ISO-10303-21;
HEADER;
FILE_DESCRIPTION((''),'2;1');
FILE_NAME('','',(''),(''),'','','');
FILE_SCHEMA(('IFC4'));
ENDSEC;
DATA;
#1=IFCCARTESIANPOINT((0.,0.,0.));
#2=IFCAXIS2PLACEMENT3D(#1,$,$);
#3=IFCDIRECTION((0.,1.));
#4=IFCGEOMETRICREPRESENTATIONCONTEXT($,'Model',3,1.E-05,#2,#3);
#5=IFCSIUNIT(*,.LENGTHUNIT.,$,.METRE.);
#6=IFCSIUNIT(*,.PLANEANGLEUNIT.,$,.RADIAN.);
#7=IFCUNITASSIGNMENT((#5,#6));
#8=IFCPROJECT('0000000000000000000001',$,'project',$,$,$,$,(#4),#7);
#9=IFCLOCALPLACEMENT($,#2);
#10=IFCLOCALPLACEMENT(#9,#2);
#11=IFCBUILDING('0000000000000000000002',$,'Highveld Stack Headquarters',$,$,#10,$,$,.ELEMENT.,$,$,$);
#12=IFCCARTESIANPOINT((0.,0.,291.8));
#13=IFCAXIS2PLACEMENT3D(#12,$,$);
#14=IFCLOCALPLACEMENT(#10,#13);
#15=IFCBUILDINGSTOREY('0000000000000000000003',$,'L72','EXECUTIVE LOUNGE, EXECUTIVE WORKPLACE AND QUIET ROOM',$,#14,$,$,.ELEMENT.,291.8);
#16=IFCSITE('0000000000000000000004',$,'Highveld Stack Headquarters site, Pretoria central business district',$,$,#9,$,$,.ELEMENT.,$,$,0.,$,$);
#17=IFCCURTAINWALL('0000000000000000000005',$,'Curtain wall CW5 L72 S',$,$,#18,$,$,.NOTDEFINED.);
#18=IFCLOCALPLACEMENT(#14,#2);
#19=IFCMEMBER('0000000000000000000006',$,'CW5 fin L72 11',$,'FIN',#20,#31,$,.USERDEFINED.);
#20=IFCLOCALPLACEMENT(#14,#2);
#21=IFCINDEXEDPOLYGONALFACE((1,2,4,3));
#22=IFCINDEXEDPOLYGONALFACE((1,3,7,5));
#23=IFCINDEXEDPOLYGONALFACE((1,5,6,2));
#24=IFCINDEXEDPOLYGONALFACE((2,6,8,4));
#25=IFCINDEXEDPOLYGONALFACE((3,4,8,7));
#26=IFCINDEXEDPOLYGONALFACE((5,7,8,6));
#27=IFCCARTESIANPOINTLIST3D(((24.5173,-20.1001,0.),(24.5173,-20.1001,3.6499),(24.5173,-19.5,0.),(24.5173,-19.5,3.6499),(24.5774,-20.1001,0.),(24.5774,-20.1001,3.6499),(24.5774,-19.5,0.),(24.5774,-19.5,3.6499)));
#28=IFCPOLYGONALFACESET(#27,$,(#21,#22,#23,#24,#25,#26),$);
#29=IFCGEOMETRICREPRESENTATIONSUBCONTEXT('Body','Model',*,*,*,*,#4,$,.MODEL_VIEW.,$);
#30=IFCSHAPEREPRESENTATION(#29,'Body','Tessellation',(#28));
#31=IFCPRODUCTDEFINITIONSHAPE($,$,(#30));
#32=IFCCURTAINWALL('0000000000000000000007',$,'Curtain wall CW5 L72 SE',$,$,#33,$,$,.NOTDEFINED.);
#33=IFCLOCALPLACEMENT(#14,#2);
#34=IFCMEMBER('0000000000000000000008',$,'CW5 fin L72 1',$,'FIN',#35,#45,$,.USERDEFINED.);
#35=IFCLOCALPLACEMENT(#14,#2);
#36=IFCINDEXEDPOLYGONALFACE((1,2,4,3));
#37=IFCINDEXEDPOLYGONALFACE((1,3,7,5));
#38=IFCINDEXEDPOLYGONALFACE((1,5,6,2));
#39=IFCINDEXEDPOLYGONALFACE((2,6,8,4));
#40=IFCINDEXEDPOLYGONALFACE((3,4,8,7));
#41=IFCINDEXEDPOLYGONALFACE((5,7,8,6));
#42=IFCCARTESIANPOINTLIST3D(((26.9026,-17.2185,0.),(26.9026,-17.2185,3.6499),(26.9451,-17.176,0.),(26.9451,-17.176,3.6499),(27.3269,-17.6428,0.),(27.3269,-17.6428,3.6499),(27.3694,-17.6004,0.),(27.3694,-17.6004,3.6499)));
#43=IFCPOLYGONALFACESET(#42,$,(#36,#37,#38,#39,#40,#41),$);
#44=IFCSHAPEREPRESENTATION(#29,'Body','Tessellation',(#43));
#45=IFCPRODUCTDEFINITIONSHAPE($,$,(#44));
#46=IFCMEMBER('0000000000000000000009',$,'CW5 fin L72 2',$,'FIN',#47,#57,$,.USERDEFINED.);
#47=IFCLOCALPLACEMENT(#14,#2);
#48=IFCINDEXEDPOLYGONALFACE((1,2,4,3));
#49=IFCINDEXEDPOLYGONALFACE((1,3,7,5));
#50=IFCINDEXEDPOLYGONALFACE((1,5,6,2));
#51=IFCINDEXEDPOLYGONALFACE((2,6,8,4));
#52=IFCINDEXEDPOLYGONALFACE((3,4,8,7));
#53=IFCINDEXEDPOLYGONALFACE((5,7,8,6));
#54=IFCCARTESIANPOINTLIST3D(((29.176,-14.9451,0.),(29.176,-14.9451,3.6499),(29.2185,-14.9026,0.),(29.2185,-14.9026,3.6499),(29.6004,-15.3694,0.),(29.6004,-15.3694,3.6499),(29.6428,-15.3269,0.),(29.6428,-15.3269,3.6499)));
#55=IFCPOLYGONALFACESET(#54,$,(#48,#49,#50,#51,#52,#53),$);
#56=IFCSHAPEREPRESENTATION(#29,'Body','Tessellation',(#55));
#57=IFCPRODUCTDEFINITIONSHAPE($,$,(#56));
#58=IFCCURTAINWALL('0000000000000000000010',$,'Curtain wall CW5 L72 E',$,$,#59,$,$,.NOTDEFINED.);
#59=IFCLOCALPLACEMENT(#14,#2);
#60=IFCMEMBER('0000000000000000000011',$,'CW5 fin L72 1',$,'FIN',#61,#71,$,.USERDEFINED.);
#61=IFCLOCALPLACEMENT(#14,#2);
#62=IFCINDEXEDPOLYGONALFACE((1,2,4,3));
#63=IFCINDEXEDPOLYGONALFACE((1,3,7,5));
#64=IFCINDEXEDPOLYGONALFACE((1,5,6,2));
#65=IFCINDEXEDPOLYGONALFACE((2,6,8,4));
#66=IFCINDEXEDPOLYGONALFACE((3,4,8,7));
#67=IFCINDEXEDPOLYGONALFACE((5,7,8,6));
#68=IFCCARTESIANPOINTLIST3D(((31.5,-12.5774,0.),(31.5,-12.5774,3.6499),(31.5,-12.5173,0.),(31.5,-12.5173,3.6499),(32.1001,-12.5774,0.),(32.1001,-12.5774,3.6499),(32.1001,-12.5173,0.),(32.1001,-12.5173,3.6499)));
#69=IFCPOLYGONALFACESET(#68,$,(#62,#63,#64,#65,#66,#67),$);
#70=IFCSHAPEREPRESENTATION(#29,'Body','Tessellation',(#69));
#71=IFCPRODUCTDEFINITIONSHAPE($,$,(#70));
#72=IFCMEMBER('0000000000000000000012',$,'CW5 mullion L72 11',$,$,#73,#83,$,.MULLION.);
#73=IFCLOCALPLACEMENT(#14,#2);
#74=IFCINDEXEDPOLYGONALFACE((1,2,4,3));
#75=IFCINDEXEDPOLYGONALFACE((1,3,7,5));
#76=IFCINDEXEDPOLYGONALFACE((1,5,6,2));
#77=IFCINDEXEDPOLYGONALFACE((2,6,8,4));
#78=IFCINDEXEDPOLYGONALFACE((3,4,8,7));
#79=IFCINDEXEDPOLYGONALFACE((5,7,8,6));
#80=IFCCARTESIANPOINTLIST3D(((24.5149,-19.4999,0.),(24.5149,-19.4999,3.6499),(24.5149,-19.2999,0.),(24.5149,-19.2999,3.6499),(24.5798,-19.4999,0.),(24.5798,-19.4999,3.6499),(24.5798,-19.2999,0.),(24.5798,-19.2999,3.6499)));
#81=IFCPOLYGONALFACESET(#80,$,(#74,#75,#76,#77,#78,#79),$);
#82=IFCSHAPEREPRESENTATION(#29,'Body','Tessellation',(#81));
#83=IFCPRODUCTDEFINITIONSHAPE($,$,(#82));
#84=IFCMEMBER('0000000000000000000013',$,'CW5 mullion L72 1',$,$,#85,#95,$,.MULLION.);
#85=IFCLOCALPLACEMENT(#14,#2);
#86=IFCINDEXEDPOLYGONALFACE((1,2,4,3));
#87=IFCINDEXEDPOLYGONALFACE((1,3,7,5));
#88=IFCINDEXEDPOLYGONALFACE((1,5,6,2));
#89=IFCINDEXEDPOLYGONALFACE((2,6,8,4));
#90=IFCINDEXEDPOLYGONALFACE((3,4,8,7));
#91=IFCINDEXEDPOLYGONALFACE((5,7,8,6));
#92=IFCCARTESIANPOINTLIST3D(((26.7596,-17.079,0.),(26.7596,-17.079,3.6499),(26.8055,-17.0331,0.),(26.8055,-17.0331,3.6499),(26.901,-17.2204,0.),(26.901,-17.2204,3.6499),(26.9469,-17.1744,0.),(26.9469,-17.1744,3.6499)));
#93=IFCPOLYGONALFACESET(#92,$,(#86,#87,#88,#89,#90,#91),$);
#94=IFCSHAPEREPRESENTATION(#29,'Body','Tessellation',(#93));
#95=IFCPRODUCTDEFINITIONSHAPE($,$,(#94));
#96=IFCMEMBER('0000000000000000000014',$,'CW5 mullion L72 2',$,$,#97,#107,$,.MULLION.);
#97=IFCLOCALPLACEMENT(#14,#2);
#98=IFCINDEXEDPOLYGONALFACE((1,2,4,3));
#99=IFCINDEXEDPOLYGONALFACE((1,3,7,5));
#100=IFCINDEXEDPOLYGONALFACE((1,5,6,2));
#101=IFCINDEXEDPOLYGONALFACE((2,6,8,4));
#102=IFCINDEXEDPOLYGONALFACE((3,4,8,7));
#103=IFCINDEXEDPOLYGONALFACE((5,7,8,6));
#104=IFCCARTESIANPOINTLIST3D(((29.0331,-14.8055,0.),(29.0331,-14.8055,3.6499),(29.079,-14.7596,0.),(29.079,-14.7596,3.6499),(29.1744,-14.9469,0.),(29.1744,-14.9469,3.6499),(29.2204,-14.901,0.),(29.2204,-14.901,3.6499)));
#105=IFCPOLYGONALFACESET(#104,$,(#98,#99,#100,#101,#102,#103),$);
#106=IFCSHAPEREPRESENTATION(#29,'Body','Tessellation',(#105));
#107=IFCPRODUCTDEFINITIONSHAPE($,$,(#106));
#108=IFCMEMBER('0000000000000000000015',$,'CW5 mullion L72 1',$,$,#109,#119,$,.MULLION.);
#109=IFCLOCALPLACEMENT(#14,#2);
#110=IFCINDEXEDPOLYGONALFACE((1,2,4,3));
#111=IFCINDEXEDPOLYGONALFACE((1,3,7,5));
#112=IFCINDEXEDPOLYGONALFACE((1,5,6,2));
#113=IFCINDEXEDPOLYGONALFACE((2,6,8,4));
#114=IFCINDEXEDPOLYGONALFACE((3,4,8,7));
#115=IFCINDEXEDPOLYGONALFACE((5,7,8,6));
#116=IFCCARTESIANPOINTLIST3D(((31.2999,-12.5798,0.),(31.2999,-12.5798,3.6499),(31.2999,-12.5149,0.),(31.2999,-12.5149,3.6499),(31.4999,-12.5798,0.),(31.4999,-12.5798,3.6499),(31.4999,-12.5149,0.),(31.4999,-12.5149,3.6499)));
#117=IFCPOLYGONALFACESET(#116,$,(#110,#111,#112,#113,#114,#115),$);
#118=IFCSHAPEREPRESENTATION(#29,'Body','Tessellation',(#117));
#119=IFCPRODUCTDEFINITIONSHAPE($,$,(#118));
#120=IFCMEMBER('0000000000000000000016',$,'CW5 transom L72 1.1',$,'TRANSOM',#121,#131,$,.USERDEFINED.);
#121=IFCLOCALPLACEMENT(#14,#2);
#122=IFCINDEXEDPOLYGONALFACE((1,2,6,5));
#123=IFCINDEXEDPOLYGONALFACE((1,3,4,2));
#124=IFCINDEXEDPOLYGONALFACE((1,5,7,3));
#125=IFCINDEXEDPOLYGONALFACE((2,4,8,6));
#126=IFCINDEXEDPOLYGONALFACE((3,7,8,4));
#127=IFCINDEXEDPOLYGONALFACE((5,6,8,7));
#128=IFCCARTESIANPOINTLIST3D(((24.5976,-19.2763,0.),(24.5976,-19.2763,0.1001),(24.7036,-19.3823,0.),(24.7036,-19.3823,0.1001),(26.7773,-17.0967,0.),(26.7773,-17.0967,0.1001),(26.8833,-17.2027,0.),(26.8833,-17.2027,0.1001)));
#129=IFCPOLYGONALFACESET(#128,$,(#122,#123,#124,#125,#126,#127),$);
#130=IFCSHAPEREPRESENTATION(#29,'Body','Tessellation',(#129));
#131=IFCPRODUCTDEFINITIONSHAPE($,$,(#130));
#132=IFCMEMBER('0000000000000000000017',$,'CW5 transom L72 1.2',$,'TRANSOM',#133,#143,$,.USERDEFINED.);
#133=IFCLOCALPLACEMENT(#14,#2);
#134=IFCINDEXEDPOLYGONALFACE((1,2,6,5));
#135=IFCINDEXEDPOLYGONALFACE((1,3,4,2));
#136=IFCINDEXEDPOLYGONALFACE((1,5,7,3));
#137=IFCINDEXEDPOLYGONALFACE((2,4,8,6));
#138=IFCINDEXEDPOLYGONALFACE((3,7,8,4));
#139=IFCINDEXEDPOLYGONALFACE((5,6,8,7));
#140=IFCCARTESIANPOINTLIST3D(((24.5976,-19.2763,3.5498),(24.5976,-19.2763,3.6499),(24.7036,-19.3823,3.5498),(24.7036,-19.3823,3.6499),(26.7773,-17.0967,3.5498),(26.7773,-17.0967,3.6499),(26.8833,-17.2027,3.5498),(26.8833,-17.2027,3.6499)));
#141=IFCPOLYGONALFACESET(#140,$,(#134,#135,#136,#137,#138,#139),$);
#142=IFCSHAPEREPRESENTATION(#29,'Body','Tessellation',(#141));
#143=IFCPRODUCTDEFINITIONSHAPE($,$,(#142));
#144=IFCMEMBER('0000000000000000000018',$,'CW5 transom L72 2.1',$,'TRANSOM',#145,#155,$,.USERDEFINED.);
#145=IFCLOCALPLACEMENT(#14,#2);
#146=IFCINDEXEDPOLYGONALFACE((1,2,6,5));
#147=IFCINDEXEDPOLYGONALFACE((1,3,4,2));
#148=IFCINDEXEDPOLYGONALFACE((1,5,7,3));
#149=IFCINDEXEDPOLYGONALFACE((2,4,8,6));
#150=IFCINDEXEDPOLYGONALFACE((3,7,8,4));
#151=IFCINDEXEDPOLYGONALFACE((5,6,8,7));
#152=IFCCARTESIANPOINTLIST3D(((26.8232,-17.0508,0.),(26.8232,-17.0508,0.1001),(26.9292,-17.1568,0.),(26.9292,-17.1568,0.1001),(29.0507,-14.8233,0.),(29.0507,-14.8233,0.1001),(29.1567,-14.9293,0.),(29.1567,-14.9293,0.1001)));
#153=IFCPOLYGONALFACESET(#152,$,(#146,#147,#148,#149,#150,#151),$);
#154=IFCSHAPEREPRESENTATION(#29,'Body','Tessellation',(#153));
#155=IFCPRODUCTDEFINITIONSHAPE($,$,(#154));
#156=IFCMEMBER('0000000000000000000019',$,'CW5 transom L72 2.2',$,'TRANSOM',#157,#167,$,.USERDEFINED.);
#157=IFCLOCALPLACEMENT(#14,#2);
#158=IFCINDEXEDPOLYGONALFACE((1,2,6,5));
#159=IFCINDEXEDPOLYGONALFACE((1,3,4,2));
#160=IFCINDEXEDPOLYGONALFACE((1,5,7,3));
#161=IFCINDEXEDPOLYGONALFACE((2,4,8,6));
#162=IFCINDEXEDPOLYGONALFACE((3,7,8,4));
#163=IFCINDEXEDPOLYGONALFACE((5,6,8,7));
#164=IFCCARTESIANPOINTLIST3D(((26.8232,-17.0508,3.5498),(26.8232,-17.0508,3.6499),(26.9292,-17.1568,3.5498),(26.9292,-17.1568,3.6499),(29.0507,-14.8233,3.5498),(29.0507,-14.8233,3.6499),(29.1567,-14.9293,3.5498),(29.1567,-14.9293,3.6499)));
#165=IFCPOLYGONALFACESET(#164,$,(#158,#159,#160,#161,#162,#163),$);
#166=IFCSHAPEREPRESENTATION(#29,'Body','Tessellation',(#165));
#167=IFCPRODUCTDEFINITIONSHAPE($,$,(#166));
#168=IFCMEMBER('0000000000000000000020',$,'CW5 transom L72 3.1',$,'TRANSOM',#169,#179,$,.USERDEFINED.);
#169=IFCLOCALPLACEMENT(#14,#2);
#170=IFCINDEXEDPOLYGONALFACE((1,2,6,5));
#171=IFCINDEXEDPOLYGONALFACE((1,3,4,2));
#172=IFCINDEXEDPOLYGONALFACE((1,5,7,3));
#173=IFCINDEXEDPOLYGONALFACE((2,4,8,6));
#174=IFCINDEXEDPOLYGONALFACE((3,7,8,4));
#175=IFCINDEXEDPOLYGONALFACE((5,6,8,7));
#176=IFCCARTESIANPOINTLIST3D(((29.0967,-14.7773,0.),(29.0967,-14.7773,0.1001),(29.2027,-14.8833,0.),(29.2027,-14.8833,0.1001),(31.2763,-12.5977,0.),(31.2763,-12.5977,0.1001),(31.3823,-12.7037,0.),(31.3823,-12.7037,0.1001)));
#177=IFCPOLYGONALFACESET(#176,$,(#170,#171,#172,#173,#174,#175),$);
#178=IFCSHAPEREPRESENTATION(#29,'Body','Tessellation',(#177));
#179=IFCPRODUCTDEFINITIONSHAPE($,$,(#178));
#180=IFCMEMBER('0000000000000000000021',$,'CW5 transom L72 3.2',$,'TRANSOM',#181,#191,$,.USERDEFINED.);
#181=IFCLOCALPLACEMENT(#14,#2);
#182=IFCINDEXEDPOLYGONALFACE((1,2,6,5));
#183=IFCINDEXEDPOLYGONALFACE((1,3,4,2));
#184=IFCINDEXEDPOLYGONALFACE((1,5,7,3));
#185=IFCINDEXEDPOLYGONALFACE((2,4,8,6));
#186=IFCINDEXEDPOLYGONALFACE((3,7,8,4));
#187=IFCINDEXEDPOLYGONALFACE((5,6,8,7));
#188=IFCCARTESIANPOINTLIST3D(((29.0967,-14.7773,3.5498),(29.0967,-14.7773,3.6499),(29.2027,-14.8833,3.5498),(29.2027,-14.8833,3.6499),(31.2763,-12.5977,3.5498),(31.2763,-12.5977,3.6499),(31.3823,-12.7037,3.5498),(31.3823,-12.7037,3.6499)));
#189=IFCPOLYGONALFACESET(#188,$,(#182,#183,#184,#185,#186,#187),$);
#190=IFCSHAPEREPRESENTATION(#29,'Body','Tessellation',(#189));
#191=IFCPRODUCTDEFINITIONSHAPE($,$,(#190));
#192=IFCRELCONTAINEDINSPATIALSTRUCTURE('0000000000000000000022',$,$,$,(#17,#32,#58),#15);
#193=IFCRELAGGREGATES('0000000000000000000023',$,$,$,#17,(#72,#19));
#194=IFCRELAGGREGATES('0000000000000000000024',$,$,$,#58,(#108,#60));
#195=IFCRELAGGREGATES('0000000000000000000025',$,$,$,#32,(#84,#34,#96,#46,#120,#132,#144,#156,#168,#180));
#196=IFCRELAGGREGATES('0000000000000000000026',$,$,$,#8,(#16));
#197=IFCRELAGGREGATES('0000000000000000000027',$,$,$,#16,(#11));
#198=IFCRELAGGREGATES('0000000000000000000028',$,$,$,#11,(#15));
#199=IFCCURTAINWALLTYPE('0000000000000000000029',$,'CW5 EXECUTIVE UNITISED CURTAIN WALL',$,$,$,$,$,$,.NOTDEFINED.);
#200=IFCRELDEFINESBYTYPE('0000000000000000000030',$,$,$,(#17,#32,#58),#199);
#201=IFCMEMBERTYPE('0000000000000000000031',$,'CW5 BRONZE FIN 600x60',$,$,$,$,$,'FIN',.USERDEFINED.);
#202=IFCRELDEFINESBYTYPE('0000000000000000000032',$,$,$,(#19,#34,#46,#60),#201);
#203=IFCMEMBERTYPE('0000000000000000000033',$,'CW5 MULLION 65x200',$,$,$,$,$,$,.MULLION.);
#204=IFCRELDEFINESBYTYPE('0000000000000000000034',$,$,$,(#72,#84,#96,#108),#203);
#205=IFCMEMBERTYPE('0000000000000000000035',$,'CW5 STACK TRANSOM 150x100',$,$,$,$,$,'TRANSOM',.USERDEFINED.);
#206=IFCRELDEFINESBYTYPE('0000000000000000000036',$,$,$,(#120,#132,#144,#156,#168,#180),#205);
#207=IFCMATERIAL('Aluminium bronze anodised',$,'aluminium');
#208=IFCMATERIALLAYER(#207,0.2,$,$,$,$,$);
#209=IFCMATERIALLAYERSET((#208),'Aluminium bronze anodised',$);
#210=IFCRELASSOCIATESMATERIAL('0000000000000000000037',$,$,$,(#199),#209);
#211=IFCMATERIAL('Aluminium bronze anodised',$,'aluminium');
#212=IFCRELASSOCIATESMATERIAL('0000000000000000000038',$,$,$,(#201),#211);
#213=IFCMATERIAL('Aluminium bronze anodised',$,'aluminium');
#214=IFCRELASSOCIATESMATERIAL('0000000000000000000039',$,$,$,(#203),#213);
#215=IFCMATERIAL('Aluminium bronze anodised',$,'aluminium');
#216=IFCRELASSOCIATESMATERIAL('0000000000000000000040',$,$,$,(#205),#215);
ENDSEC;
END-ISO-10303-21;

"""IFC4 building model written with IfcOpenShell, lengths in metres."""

from ifc_helpers import new_model, si_unit, direction, frame, origin, origin_2d, place, context, subcontext, project, spatial, rectangle, extrude, material, layer, layer_set, material_profile, profile_set, type_object, element, aggregate, save


model = new_model("IFC4")

# Units and contexts
model_context = context("Model", 3, precision=1e-05, world=origin(), true_north=direction((0.0, 1.0)))
body_context = subcontext(model_context, "Body", "Model", "MODEL_VIEW")
ifc_project = project(units=[si_unit("LENGTHUNIT", "METRE"), si_unit("PLANEANGLEUNIT", "RADIAN")], contexts=[model_context])

# Site, building, storey
site_placement = place(None, origin())
site = spatial("IfcSite", under=ifc_project, at=site_placement, Name="Highveld Stack Headquarters site, Pretoria central business district", CompositionType="ELEMENT", RefElevation=0.0)
building_placement = place(site_placement, origin())
building = spatial("IfcBuilding", under=site, at=building_placement, Name="Highveld Stack Headquarters", CompositionType="ELEMENT")
storey_placement = place(building_placement, frame((0.0, 0.0, 291.8)))
storey = spatial("IfcBuildingStorey", under=building, at=storey_placement, Name="L72", Description="EXECUTIVE LOUNGE, EXECUTIVE WORKPLACE AND QUIET ROOM", CompositionType="ELEMENT", Elevation=291.8)

# Curtain wall, member
ifc_material_1 = material(Name="Aluminium bronze anodised", Category="aluminium")
ifc_layer_1 = layer(ifc_material_1, 0.2)
ifc_layer_set_1 = layer_set([ifc_layer_1], Name="Aluminium bronze anodised")
curtain_wall_type = type_object("IfcCurtainWallType", Name="CW5 EXECUTIVE UNITISED CURTAIN WALL", PredefinedType="NOTDEFINED", material=ifc_layer_set_1)
curtain_wall_1_placement = place(storey_placement, origin())
curtain_wall_1 = element("IfcCurtainWall", 1, at=curtain_wall_1_placement, inside=storey, type_object=curtain_wall_type, Name="Curtain wall CW5 L72 S", PredefinedType="NOTDEFINED")
ifc_material_2 = material(Name="Aluminium bronze anodised", Category="aluminium")
ifc_material_profile_1 = material_profile(ifc_material_2, rectangle(XDim=0.6001, YDim=0.0601, at=origin_2d()), Name="FIN 600x60")
ifc_profile_set_1 = profile_set([ifc_material_profile_1], Name="Aluminium bronze anodised")
member_type_1 = type_object("IfcMemberType", Name="CW5 BRONZE FIN 600x60", ElementType="FIN", PredefinedType="USERDEFINED", material=ifc_profile_set_1)
member_1_placement = place(storey_placement, frame((24.5474, -19.8, 0.0), z_axis=(0.0, 0.0, 1.0), x_axis=(0.0, 1.0, 0.0)))
member_1 = element("IfcMember", 2, at=member_1_placement, type_object=member_type_1, Name="CW5 fin L72 11", ObjectType="FIN", PredefinedType="USERDEFINED", context=body_context, shape_type="SweptSolid", body=[
    extrude(rectangle(XDim=0.6001, YDim=0.0601, at=origin_2d()), origin(), (0.0, 0.0, 1.0), 3.6499),
])

# Curtain wall, members
curtain_wall_2_placement = place(storey_placement, origin())
curtain_wall_2 = element("IfcCurtainWall", 3, at=curtain_wall_2_placement, inside=storey, type_object=curtain_wall_type, Name="Curtain wall CW5 L72 SE", PredefinedType="NOTDEFINED")
member_2_placement = place(storey_placement, frame((27.136, -17.4094, 0.0), z_axis=(0.0, 0.0, 1.0), x_axis=(-0.707107, 0.707107, 0.0)))
member_2 = element("IfcMember", 4, at=member_2_placement, type_object=member_type_1, Name="CW5 fin L72 1", ObjectType="FIN", PredefinedType="USERDEFINED", context=body_context, shape_type="SweptSolid", body=[
    extrude(rectangle(XDim=0.6001, YDim=0.0601, at=origin_2d()), origin(), (0.0, 0.0, 1.0), 3.6499),
])
member_3_placement = place(storey_placement, frame((29.4094, -15.136, 0.0), z_axis=(0.0, 0.0, 1.0), x_axis=(-0.707107, 0.707107, 0.0)))
member_3 = element("IfcMember", 5, at=member_3_placement, type_object=member_type_1, Name="CW5 fin L72 2", ObjectType="FIN", PredefinedType="USERDEFINED", context=body_context, shape_type="SweptSolid", body=[
    extrude(rectangle(XDim=0.6001, YDim=0.0601, at=origin_2d()), origin(), (0.0, 0.0, 1.0), 3.6499),
])

# Curtain wall, member
curtain_wall_3_placement = place(storey_placement, origin())
curtain_wall_3 = element("IfcCurtainWall", 6, at=curtain_wall_3_placement, inside=storey, type_object=curtain_wall_type, Name="Curtain wall CW5 L72 E", PredefinedType="NOTDEFINED")
member_4_placement = place(storey_placement, frame((31.8, -12.5474, 0.0), z_axis=(0.0, 0.0, 1.0), x_axis=(-1.0, 0.0, 0.0)))
member_4 = element("IfcMember", 7, at=member_4_placement, type_object=member_type_1, Name="CW5 fin L72 1", ObjectType="FIN", PredefinedType="USERDEFINED", context=body_context, shape_type="SweptSolid", body=[
    extrude(rectangle(XDim=0.6001, YDim=0.0601, at=origin_2d()), origin(), (0.0, 0.0, 1.0), 3.6499),
])

# Members
ifc_material_3 = material(Name="Aluminium bronze anodised", Category="aluminium")
ifc_material_profile_2 = material_profile(ifc_material_3, rectangle(XDim=0.2, YDim=0.0649, at=origin_2d()), Name="CW5 MULLION 65x200")
ifc_profile_set_2 = profile_set([ifc_material_profile_2], Name="Aluminium bronze anodised")
member_type_2 = type_object("IfcMemberType", Name="CW5 MULLION 65x200", PredefinedType="MULLION", material=ifc_profile_set_2)
member_5_placement = place(storey_placement, frame((24.5474, -19.3999, 0.0), z_axis=(0.0, 0.0, 1.0), x_axis=(0.0, 1.0, 0.0)))
member_5 = element("IfcMember", 8, at=member_5_placement, type_object=member_type_2, Name="CW5 mullion L72 11", PredefinedType="MULLION", context=body_context, shape_type="SweptSolid", body=[
    extrude(rectangle(XDim=0.2, YDim=0.0649, at=origin_2d()), origin(), (0.0, 0.0, 1.0), 3.6499),
])
aggregate(curtain_wall_1, [member_5, member_1])
member_6_placement = place(storey_placement, frame((26.8533, -17.1267, 0.0), z_axis=(0.0, 0.0, 1.0), x_axis=(-0.707107, 0.707107, 0.0)))
member_6 = element("IfcMember", 9, at=member_6_placement, type_object=member_type_2, Name="CW5 mullion L72 1", PredefinedType="MULLION", context=body_context, shape_type="SweptSolid", body=[
    extrude(rectangle(XDim=0.2, YDim=0.0649, at=origin_2d()), origin(), (0.0, 0.0, 1.0), 3.6499),
])
member_7_placement = place(storey_placement, frame((29.1267, -14.8533, 0.0), z_axis=(0.0, 0.0, 1.0), x_axis=(-0.707107, 0.707107, 0.0)))
member_7 = element("IfcMember", 10, at=member_7_placement, type_object=member_type_2, Name="CW5 mullion L72 2", PredefinedType="MULLION", context=body_context, shape_type="SweptSolid", body=[
    extrude(rectangle(XDim=0.2, YDim=0.0649, at=origin_2d()), origin(), (0.0, 0.0, 1.0), 3.6499),
])
member_8_placement = place(storey_placement, frame((31.3999, -12.5474, 0.0), z_axis=(0.0, 0.0, 1.0), x_axis=(-1.0, 0.0, 0.0)))
member_8 = element("IfcMember", 11, at=member_8_placement, type_object=member_type_2, Name="CW5 mullion L72 1", PredefinedType="MULLION", context=body_context, shape_type="SweptSolid", body=[
    extrude(rectangle(XDim=0.2, YDim=0.0649, at=origin_2d()), origin(), (0.0, 0.0, 1.0), 3.6499),
])
ifc_material_4 = material(Name="Aluminium bronze anodised", Category="aluminium")
ifc_material_profile_3 = material_profile(ifc_material_4, rectangle(XDim=0.1499, YDim=0.1001, at=origin_2d()), Name="CW5 TRANSOM 150x100")
ifc_profile_set_3 = profile_set([ifc_material_profile_3], Name="Aluminium bronze anodised")
member_type_3 = type_object("IfcMemberType", Name="CW5 STACK TRANSOM 150x100", ElementType="TRANSOM", PredefinedType="USERDEFINED", material=ifc_profile_set_3)
member_9_placement = place(storey_placement, frame((24.6506, -19.3293, 0.05), z_axis=(0.707107, 0.707107, 0.0), x_axis=(-0.707107, 0.707107, 0.0)))
member_9 = element("IfcMember", 12, at=member_9_placement, type_object=member_type_3, Name="CW5 transom L72 1.1", ObjectType="TRANSOM", PredefinedType="USERDEFINED", context=body_context, shape_type="SweptSolid", body=[
    extrude(rectangle(XDim=0.1499, YDim=0.1001, at=origin_2d()), origin(), (0.0, 0.0, 1.0), 3.0825),
])
member_10_placement = place(storey_placement, frame((24.6506, -19.3293, 3.5999), z_axis=(0.707107, 0.707107, 0.0), x_axis=(-0.707107, 0.707107, 0.0)))
member_10 = element("IfcMember", 13, at=member_10_placement, type_object=member_type_3, Name="CW5 transom L72 1.2", ObjectType="TRANSOM", PredefinedType="USERDEFINED", context=body_context, shape_type="SweptSolid", body=[
    extrude(rectangle(XDim=0.1499, YDim=0.1001, at=origin_2d()), origin(), (0.0, 0.0, 1.0), 3.0825),
])
member_11_placement = place(storey_placement, frame((26.8762, -17.1038, 0.05), z_axis=(0.707107, 0.707107, 0.0), x_axis=(-0.707107, 0.707107, 0.0)))
member_11 = element("IfcMember", 14, at=member_11_placement, type_object=member_type_3, Name="CW5 transom L72 2.1", ObjectType="TRANSOM", PredefinedType="USERDEFINED", context=body_context, shape_type="SweptSolid", body=[
    extrude(rectangle(XDim=0.1499, YDim=0.1001, at=origin_2d()), origin(), (0.0, 0.0, 1.0), 3.1501),
])
member_12_placement = place(storey_placement, frame((26.8762, -17.1038, 3.5999), z_axis=(0.707107, 0.707107, 0.0), x_axis=(-0.707107, 0.707107, 0.0)))
member_12 = element("IfcMember", 15, at=member_12_placement, type_object=member_type_3, Name="CW5 transom L72 2.2", ObjectType="TRANSOM", PredefinedType="USERDEFINED", context=body_context, shape_type="SweptSolid", body=[
    extrude(rectangle(XDim=0.1499, YDim=0.1001, at=origin_2d()), origin(), (0.0, 0.0, 1.0), 3.1501),
])
member_13_placement = place(storey_placement, frame((29.1497, -14.8303, 0.05), z_axis=(0.707107, 0.707107, 0.0), x_axis=(-0.707107, 0.707107, 0.0)))
member_13 = element("IfcMember", 16, at=member_13_placement, type_object=member_type_3, Name="CW5 transom L72 3.1", ObjectType="TRANSOM", PredefinedType="USERDEFINED", context=body_context, shape_type="SweptSolid", body=[
    extrude(rectangle(XDim=0.1499, YDim=0.1001, at=origin_2d()), origin(), (0.0, 0.0, 1.0), 3.0825),
])
member_14_placement = place(storey_placement, frame((29.1497, -14.8303, 3.5999), z_axis=(0.707107, 0.707107, 0.0), x_axis=(-0.707107, 0.707107, 0.0)))
member_14 = element("IfcMember", 17, at=member_14_placement, type_object=member_type_3, Name="CW5 transom L72 3.2", ObjectType="TRANSOM", PredefinedType="USERDEFINED", context=body_context, shape_type="SweptSolid", body=[
    extrude(rectangle(XDim=0.1499, YDim=0.1001, at=origin_2d()), origin(), (0.0, 0.0, 1.0), 3.0825),
])
aggregate(curtain_wall_3, [member_8, member_4])

aggregate(curtain_wall_2, [member_6, member_2, member_7, member_3, member_9, member_10, member_11, member_12, member_13, member_14])

save(model, "model.ifc")
